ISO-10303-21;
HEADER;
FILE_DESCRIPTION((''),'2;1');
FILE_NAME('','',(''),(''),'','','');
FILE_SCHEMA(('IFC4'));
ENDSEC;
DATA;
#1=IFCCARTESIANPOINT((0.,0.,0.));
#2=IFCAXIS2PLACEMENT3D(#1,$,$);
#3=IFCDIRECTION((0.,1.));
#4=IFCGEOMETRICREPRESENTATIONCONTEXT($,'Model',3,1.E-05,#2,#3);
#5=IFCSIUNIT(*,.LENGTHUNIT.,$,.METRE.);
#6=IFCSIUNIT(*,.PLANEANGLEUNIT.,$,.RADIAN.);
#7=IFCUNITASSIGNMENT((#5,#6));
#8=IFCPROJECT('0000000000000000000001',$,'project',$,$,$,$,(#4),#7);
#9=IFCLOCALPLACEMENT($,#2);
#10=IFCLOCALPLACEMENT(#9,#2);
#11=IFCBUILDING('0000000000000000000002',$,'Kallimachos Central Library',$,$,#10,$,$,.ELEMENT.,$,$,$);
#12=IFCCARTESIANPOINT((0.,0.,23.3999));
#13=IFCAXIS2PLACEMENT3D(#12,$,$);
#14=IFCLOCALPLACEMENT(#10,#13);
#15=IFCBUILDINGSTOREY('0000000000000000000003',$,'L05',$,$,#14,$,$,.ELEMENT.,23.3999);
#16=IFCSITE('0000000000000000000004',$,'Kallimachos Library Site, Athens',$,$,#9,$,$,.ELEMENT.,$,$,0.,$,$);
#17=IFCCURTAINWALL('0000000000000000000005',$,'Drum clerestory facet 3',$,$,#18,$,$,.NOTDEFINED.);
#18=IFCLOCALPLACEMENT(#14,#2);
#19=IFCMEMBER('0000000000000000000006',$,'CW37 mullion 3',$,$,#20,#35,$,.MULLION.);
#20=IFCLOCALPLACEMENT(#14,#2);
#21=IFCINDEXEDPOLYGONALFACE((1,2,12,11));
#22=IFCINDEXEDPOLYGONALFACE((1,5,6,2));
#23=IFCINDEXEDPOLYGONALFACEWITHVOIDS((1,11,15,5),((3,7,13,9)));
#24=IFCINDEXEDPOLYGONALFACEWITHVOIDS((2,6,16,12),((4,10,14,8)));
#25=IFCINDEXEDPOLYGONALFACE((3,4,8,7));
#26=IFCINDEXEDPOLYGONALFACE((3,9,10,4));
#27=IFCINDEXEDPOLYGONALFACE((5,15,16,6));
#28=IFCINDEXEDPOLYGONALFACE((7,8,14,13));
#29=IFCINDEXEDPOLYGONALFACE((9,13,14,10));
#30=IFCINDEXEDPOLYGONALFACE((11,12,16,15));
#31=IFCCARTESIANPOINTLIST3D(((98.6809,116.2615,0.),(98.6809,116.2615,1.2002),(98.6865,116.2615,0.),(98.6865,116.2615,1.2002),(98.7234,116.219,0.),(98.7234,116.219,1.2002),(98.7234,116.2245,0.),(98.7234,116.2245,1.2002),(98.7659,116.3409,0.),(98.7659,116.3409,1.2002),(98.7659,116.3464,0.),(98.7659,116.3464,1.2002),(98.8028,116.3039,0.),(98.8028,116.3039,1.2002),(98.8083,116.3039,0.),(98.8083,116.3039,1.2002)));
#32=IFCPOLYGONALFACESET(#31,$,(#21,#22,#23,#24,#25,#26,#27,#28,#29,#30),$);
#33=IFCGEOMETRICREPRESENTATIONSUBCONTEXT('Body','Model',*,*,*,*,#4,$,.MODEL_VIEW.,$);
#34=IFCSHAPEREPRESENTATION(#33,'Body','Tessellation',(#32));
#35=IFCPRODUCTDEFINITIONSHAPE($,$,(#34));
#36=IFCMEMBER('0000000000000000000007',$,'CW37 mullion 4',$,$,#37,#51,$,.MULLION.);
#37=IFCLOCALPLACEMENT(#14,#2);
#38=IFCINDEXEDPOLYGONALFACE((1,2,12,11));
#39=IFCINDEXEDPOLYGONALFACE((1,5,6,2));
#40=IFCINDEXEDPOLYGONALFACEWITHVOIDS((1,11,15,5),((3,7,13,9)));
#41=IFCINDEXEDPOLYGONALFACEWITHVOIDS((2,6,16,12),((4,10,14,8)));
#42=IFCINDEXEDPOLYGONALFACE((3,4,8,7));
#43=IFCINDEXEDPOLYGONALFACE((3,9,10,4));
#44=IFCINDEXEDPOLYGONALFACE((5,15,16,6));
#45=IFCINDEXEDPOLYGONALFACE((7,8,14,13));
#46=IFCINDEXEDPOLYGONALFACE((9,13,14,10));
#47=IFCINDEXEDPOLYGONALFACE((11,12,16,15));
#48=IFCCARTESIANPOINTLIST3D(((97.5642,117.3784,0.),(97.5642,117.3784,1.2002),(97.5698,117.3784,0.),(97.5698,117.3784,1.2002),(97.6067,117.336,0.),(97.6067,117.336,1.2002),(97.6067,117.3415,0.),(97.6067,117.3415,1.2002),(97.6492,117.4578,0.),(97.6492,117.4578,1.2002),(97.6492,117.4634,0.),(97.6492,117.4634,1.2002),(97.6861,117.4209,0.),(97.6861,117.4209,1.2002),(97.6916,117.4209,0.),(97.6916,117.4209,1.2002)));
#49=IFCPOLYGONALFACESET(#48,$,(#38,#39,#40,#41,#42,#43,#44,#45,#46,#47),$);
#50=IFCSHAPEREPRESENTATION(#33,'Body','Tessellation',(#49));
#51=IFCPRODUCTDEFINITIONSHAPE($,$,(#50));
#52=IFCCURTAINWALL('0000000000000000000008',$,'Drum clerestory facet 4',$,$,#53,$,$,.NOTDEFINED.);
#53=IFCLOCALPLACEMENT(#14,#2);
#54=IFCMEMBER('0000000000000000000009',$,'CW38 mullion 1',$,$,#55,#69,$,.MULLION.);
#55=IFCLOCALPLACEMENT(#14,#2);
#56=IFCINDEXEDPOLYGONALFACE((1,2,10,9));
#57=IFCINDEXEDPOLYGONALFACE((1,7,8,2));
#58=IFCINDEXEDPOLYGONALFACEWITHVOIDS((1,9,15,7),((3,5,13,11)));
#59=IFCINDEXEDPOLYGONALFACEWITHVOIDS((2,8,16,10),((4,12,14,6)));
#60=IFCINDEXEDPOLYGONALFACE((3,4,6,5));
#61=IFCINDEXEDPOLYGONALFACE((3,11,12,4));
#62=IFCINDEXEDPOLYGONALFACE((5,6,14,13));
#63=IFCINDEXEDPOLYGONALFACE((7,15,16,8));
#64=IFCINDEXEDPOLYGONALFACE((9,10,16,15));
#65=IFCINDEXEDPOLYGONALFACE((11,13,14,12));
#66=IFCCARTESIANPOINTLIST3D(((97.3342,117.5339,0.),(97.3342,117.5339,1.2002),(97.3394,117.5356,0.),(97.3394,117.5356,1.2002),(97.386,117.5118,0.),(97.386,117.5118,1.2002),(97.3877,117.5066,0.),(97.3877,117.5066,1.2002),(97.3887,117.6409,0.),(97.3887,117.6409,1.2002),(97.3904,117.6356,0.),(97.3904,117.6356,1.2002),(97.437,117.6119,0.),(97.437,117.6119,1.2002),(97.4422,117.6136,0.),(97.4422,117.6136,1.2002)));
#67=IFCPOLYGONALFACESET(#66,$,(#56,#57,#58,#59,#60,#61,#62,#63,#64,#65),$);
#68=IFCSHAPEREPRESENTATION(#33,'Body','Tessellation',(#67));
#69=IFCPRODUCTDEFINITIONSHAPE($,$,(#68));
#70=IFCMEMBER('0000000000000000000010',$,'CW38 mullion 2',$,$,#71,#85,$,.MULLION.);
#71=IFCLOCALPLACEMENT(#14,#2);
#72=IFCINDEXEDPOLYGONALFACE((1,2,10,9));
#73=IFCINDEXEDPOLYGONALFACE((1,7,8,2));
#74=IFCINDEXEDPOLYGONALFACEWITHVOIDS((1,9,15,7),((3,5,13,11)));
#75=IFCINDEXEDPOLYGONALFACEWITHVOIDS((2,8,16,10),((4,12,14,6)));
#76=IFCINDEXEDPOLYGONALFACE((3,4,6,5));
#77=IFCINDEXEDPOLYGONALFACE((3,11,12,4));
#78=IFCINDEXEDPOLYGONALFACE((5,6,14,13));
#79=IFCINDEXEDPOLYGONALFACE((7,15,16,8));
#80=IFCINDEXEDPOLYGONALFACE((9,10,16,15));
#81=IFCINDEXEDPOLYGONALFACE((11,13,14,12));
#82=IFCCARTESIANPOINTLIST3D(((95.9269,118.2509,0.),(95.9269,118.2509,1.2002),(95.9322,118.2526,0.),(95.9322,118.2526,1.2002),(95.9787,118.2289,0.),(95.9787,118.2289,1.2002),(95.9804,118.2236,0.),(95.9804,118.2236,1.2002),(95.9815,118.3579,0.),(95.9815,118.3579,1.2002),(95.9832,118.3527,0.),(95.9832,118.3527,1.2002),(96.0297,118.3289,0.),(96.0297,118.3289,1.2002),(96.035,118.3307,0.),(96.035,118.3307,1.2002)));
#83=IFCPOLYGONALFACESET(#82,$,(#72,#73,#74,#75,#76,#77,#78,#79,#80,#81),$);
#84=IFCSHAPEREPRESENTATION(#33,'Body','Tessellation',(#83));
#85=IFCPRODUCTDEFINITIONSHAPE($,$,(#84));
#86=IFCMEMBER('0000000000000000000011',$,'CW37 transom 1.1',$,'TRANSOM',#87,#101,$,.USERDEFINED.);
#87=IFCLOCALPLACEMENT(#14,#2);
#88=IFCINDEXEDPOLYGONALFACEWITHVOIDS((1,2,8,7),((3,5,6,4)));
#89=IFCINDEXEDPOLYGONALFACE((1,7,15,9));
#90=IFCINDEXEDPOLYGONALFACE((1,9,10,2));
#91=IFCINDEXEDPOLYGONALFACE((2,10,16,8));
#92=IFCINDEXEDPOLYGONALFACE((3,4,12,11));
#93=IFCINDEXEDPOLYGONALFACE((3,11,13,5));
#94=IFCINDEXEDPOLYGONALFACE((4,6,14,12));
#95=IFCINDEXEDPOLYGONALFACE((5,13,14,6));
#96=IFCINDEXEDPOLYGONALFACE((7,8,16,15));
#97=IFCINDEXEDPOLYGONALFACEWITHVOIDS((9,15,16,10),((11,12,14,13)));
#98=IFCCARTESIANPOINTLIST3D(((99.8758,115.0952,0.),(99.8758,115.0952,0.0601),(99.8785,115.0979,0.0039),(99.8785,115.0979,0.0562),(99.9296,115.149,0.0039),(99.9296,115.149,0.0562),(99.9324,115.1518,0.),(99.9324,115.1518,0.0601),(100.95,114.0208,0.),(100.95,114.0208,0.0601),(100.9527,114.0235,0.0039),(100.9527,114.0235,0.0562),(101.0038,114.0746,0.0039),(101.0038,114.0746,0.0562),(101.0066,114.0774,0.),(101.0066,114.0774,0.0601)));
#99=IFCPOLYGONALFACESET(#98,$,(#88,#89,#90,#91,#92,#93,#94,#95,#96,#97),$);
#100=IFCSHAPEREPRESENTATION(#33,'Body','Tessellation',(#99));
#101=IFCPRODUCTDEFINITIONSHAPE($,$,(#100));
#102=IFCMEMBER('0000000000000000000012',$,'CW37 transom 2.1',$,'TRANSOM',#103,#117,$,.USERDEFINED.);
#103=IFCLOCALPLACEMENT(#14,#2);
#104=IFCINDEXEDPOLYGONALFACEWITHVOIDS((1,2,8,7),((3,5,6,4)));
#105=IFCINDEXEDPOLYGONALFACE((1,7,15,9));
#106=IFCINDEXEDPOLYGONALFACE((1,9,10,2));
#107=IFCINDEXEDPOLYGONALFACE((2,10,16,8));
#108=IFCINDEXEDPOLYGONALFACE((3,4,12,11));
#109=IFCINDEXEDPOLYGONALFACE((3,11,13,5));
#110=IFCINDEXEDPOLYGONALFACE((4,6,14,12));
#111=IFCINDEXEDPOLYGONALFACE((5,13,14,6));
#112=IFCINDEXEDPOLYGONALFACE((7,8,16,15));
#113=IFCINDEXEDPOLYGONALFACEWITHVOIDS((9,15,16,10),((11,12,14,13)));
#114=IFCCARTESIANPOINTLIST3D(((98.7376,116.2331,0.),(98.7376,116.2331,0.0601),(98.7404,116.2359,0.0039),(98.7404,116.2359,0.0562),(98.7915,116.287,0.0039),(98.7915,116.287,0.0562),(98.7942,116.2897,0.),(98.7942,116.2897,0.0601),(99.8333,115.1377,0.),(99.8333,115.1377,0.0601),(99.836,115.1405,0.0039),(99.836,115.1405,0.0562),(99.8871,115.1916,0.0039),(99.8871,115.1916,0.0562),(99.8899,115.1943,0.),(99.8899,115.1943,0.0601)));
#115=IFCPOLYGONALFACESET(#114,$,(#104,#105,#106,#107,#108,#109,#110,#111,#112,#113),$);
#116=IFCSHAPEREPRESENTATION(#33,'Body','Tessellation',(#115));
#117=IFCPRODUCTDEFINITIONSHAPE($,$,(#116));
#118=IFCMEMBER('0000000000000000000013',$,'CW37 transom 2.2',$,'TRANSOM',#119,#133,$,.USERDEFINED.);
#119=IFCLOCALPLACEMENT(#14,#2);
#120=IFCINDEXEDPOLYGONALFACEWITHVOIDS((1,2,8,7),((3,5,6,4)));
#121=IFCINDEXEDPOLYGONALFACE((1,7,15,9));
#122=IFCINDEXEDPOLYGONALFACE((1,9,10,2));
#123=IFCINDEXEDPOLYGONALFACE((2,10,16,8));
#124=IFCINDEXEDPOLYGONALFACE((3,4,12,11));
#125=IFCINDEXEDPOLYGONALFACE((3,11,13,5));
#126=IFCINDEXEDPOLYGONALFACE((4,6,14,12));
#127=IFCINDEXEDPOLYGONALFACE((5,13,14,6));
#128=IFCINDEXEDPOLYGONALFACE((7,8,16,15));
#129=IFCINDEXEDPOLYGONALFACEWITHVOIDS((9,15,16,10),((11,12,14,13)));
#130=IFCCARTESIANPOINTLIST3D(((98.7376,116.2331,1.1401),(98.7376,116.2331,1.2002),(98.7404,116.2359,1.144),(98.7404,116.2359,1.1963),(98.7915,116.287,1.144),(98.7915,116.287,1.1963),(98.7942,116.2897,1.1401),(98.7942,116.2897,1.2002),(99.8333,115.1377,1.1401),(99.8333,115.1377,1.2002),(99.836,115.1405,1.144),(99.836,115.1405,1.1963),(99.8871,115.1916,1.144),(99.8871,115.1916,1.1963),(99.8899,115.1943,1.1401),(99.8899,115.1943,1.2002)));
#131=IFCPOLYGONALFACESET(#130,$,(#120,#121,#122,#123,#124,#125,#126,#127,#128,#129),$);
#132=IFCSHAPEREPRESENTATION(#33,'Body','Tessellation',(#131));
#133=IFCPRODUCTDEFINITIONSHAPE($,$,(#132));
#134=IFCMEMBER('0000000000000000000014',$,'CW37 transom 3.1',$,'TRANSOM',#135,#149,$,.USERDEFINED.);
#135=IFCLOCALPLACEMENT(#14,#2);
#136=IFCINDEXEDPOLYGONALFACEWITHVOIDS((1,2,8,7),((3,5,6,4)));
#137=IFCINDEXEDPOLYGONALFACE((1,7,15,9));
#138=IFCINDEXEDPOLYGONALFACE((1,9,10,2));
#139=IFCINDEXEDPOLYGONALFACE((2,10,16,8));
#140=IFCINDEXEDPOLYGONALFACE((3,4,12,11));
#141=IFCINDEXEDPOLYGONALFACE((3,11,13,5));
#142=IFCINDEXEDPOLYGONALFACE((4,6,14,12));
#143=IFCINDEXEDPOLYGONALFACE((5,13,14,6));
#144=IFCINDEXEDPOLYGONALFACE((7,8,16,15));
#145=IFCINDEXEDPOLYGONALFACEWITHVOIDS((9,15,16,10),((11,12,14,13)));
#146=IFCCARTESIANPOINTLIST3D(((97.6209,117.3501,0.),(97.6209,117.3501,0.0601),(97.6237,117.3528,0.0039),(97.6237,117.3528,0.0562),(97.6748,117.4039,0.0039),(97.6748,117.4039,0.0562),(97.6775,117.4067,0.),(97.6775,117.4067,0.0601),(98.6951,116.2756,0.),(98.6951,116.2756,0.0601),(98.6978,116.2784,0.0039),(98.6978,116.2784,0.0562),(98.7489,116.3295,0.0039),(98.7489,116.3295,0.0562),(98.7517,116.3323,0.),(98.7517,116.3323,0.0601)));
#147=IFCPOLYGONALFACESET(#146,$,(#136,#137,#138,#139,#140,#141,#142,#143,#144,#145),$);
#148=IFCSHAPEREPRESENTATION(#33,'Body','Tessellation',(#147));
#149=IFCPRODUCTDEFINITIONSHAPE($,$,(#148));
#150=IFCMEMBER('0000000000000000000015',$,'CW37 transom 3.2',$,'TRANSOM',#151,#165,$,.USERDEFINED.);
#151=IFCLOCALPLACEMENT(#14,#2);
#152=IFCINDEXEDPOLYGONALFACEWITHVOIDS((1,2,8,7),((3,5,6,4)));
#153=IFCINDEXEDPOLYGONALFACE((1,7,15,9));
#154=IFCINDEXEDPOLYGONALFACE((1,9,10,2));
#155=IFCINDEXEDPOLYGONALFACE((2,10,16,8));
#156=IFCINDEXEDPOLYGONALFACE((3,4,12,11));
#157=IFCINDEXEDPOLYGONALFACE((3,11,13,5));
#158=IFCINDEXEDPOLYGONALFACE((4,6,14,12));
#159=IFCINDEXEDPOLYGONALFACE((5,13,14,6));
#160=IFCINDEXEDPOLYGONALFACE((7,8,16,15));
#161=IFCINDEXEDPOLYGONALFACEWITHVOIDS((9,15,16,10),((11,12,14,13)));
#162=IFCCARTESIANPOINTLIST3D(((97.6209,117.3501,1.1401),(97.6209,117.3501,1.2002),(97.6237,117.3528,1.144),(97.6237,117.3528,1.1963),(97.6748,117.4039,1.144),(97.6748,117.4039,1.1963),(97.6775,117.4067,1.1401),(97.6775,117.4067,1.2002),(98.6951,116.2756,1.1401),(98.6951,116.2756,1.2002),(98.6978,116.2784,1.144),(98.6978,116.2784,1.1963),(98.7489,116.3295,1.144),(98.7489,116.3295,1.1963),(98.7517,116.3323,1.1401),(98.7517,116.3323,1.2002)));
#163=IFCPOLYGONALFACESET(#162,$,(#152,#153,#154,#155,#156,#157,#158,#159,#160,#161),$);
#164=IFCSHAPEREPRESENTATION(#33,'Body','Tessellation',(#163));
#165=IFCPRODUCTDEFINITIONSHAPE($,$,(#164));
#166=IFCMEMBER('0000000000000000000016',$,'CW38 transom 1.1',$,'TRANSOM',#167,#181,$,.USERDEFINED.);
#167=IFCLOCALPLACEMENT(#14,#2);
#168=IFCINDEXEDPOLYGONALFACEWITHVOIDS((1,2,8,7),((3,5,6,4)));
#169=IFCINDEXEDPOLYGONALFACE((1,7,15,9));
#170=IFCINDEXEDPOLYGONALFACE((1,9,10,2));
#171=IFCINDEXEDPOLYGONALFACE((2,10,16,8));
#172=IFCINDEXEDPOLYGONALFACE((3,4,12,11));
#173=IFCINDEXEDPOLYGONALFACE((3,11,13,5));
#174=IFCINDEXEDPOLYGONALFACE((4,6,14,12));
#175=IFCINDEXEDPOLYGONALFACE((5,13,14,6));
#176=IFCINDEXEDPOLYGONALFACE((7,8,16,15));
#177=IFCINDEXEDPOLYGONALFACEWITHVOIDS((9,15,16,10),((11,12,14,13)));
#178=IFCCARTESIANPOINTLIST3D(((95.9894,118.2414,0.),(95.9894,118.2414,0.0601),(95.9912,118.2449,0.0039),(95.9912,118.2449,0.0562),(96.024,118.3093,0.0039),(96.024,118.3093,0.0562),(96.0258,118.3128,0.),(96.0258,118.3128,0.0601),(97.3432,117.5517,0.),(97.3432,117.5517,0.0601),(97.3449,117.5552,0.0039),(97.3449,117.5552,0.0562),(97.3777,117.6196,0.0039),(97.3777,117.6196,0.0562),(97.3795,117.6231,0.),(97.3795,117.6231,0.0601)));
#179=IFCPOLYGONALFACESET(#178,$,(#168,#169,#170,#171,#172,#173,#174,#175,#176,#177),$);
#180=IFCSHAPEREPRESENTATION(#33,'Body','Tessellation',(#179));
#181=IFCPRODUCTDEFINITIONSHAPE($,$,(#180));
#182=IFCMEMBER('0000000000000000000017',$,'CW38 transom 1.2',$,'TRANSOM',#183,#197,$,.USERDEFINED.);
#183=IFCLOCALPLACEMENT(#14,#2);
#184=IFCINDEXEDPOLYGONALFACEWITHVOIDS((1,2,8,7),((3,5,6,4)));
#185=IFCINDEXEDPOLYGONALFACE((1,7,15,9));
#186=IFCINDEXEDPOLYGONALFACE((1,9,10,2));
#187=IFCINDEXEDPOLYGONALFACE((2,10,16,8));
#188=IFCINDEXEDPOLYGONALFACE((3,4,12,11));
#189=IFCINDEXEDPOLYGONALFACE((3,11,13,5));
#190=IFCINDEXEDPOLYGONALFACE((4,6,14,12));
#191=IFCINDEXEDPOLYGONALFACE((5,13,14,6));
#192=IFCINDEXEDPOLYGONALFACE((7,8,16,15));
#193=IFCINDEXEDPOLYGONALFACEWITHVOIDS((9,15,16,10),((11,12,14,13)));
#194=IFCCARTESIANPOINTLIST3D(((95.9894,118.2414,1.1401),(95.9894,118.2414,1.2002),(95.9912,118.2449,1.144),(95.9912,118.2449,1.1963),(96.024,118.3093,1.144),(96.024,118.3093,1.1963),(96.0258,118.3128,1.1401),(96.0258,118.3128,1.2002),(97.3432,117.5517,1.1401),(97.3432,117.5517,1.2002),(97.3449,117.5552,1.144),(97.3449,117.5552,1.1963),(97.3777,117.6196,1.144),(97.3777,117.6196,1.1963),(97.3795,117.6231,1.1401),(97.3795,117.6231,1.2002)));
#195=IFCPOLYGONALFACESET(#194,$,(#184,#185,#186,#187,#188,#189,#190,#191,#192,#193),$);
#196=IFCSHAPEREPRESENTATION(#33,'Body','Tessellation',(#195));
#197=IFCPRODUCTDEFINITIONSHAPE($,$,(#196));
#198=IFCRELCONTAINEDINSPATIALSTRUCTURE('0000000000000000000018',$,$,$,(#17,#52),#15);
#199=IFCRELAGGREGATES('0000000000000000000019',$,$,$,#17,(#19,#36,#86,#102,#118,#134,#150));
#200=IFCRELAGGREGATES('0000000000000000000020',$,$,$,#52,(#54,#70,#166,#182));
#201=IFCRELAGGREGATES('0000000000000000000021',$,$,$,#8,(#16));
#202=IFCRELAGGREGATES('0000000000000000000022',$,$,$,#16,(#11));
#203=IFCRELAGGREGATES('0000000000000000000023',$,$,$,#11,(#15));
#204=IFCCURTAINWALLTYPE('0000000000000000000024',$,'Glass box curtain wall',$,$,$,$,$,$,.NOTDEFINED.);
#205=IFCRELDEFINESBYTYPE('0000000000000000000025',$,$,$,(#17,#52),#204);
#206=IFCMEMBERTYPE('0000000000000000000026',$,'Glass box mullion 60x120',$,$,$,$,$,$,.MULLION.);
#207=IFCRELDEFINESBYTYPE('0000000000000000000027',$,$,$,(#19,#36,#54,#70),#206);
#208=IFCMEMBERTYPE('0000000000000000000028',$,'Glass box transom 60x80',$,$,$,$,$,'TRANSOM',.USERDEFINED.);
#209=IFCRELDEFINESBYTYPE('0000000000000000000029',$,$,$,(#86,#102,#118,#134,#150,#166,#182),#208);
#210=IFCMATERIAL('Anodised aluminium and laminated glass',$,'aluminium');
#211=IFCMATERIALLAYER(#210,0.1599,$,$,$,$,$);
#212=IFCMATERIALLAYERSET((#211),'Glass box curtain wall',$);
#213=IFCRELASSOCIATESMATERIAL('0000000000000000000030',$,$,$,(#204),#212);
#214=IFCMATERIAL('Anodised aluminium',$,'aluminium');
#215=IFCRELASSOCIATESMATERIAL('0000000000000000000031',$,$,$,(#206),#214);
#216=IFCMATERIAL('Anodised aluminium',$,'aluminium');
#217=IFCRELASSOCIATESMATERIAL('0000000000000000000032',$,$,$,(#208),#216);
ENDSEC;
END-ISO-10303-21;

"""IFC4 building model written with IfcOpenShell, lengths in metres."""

from ifc_helpers import new_model, si_unit, direction, frame, origin, origin_2d, place, context, subcontext, project, spatial, hollow_rectangle, extrude, material, layer, layer_set, material_profile, profile_set, type_object, element, aggregate, save


model = new_model("IFC4")

# Units and contexts
model_context = context("Model", 3, precision=1e-05, world=origin(), true_north=direction((0.0, 1.0)))
body_context = subcontext(model_context, "Body", "Model", "MODEL_VIEW")
ifc_project = project(units=[si_unit("LENGTHUNIT", "METRE"), si_unit("PLANEANGLEUNIT", "RADIAN")], contexts=[model_context])

# Site, building, storey
site_placement = place(None, origin())
site = spatial("IfcSite", under=ifc_project, at=site_placement, Name="Kallimachos Library Site, Athens", CompositionType="ELEMENT", RefElevation=0.0)
building_placement = place(site_placement, origin())
building = spatial("IfcBuilding", under=site, at=building_placement, Name="Kallimachos Central Library", CompositionType="ELEMENT")
storey_placement = place(building_placement, frame((0.0, 0.0, 23.3999)))
storey = spatial("IfcBuildingStorey", under=building, at=storey_placement, Name="L05", CompositionType="ELEMENT", Elevation=23.3999)

# Curtain walls, members
ifc_material_1 = material(Name="Anodised aluminium and laminated glass", Category="aluminium")
ifc_layer_1 = layer(ifc_material_1, 0.1599)
ifc_layer_set_1 = layer_set([ifc_layer_1], Name="Glass box curtain wall")
curtain_wall_type = type_object("IfcCurtainWallType", Name="Glass box curtain wall", PredefinedType="NOTDEFINED", material=ifc_layer_set_1)
curtain_wall_1_placement = place(storey_placement, origin())
curtain_wall_1 = element("IfcCurtainWall", 1, at=curtain_wall_1_placement, inside=storey, type_object=curtain_wall_type, Name="Drum clerestory facet 3", PredefinedType="NOTDEFINED")
ifc_material_2 = material(Name="Anodised aluminium", Category="aluminium")
ifc_material_profile_1 = material_profile(ifc_material_2, hollow_rectangle(XDim=0.0601, YDim=0.1201, WallThickness=0.0039, at=origin_2d()), Name="ALU MULLION 60x120")
ifc_profile_set_1 = profile_set([ifc_material_profile_1], Name="Anodised aluminium")
member_type_1 = type_object("IfcMemberType", Name="Glass box mullion 60x120", PredefinedType="MULLION", material=ifc_profile_set_1)
member_1_placement = place(storey_placement, frame((98.7446, 116.2827, 0.0), z_axis=(0.0, 0.0, 1.0), x_axis=(-0.707107, 0.707107, 0.0)))
member_1 = element("IfcMember", 2, at=member_1_placement, type_object=member_type_1, Name="CW37 mullion 3", PredefinedType="MULLION", context=body_context, shape_type="SweptSolid", body=[
    extrude(hollow_rectangle(XDim=0.0601, YDim=0.1201, WallThickness=0.0039, at=origin_2d()), origin(), (0.0, 0.0, 1.0), 1.2002),
])
member_2_placement = place(storey_placement, frame((97.6279, 117.3997, 0.0), z_axis=(0.0, 0.0, 1.0), x_axis=(-0.707107, 0.707107, 0.0)))
member_2 = element("IfcMember", 3, at=member_2_placement, type_object=member_type_1, Name="CW37 mullion 4", PredefinedType="MULLION", context=body_context, shape_type="SweptSolid", body=[
    extrude(hollow_rectangle(XDim=0.0601, YDim=0.1201, WallThickness=0.0039, at=origin_2d()), origin(), (0.0, 0.0, 1.0), 1.2002),
])
curtain_wall_2_placement = place(storey_placement, origin())
curtain_wall_2 = element("IfcCurtainWall", 4, at=curtain_wall_2_placement, inside=storey, type_object=curtain_wall_type, Name="Drum clerestory facet 4", PredefinedType="NOTDEFINED")
member_3_placement = place(storey_placement, frame((97.3882, 117.5737, 0.0), z_axis=(0.0, 0.0, 1.0), x_axis=(-0.891006, 0.453991, 0.0)))
member_3 = element("IfcMember", 5, at=member_3_placement, type_object=member_type_1, Name="CW38 mullion 1", PredefinedType="MULLION", context=body_context, shape_type="SweptSolid", body=[
    extrude(hollow_rectangle(XDim=0.0601, YDim=0.1201, WallThickness=0.0039, at=origin_2d()), origin(), (0.0, 0.0, 1.0), 1.2002),
])
member_4_placement = place(storey_placement, frame((95.981, 118.2908, 0.0), z_axis=(0.0, 0.0, 1.0), x_axis=(-0.891006, 0.453991, 0.0)))
member_4 = element("IfcMember", 6, at=member_4_placement, type_object=member_type_1, Name="CW38 mullion 2", PredefinedType="MULLION", context=body_context, shape_type="SweptSolid", body=[
    extrude(hollow_rectangle(XDim=0.0601, YDim=0.1201, WallThickness=0.0039, at=origin_2d()), origin(), (0.0, 0.0, 1.0), 1.2002),
])

# Members
ifc_material_3 = material(Name="Anodised aluminium", Category="aluminium")
ifc_material_profile_2 = material_profile(ifc_material_3, hollow_rectangle(XDim=0.0601, YDim=0.0801, WallThickness=0.0039, at=origin_2d()), Name="ALU TRANSOM 60x80")
ifc_profile_set_2 = profile_set([ifc_material_profile_2], Name="Anodised aluminium")
member_type_2 = type_object("IfcMemberType", Name="Glass box transom 60x80", ElementType="TRANSOM", PredefinedType="USERDEFINED", material=ifc_profile_set_2)
member_5_placement = place(storey_placement, frame((100.9783, 114.0491, 0.03), z_axis=(-0.707026, 0.707187, 0.0), x_axis=(0.0, 0.0, 1.0)))
member_5 = element("IfcMember", 7, at=member_5_placement, type_object=member_type_2, Name="CW37 transom 1.1", ObjectType="TRANSOM", PredefinedType="USERDEFINED", context=body_context, shape_type="SweptSolid", body=[
    extrude(hollow_rectangle(XDim=0.0601, YDim=0.0801, WallThickness=0.0039, at=origin_2d()), origin(), (0.0, 0.0, 1.0), 1.5193),
])
member_6_placement = place(storey_placement, frame((99.8616, 115.166, 0.03), z_axis=(-0.707186, 0.707028, 0.0), x_axis=(0.0, 0.0, 1.0)))
member_6 = element("IfcMember", 8, at=member_6_placement, type_object=member_type_2, Name="CW37 transom 2.1", ObjectType="TRANSOM", PredefinedType="USERDEFINED", context=body_context, shape_type="SweptSolid", body=[
    extrude(hollow_rectangle(XDim=0.0601, YDim=0.0801, WallThickness=0.0039, at=origin_2d()), origin(), (0.0, 0.0, 1.0), 1.5493),
])
member_7_placement = place(storey_placement, frame((99.8616, 115.166, 1.1702), z_axis=(-0.707186, 0.707028, 0.0), x_axis=(0.0, 0.0, 1.0)))
member_7 = element("IfcMember", 9, at=member_7_placement, type_object=member_type_2, Name="CW37 transom 2.2", ObjectType="TRANSOM", PredefinedType="USERDEFINED", context=body_context, shape_type="SweptSolid", body=[
    extrude(hollow_rectangle(XDim=0.0601, YDim=0.0801, WallThickness=0.0039, at=origin_2d()), origin(), (0.0, 0.0, 1.0), 1.5493),
])
member_8_placement = place(storey_placement, frame((98.7234, 116.304, 0.03), z_axis=(-0.707026, 0.707187, 0.0), x_axis=(0.0, 0.0, 1.0)))
member_8 = element("IfcMember", 10, at=member_8_placement, type_object=member_type_2, Name="CW37 transom 3.1", ObjectType="TRANSOM", PredefinedType="USERDEFINED", context=body_context, shape_type="SweptSolid", body=[
    extrude(hollow_rectangle(XDim=0.0601, YDim=0.0801, WallThickness=0.0039, at=origin_2d()), origin(), (0.0, 0.0, 1.0), 1.5193),
])
member_9_placement = place(storey_placement, frame((98.7234, 116.304, 1.1702), z_axis=(-0.707026, 0.707187, 0.0), x_axis=(0.0, 0.0, 1.0)))
member_9 = element("IfcMember", 11, at=member_9_placement, type_object=member_type_2, Name="CW37 transom 3.2", ObjectType="TRANSOM", PredefinedType="USERDEFINED", context=body_context, shape_type="SweptSolid", body=[
    extrude(hollow_rectangle(XDim=0.0601, YDim=0.0801, WallThickness=0.0039, at=origin_2d()), origin(), (0.0, 0.0, 1.0), 1.5193),
])
member_10_placement = place(storey_placement, frame((97.3613, 117.5874, 0.03), z_axis=(-0.891027, 0.45395, 0.0), x_axis=(0.0, 0.0, 1.0)))
member_10 = element("IfcMember", 12, at=member_10_placement, type_object=member_type_2, Name="CW38 transom 1.1", ObjectType="TRANSOM", PredefinedType="USERDEFINED", context=body_context, shape_type="SweptSolid", body=[
    extrude(hollow_rectangle(XDim=0.0601, YDim=0.0801, WallThickness=0.0039, at=origin_2d()), origin(), (0.0, 0.0, 1.0), 1.5193),
])
member_11_placement = place(storey_placement, frame((97.3613, 117.5874, 1.1702), z_axis=(-0.891027, 0.45395, 0.0), x_axis=(0.0, 0.0, 1.0)))
member_11 = element("IfcMember", 13, at=member_11_placement, type_object=member_type_2, Name="CW38 transom 1.2", ObjectType="TRANSOM", PredefinedType="USERDEFINED", context=body_context, shape_type="SweptSolid", body=[
    extrude(hollow_rectangle(XDim=0.0601, YDim=0.0801, WallThickness=0.0039, at=origin_2d()), origin(), (0.0, 0.0, 1.0), 1.5193),
])

aggregate(curtain_wall_1, [member_1, member_2, member_5, member_6, member_7, member_8, member_9])
aggregate(curtain_wall_2, [member_3, member_4, member_10, member_11])

save(model, "model.ifc")
